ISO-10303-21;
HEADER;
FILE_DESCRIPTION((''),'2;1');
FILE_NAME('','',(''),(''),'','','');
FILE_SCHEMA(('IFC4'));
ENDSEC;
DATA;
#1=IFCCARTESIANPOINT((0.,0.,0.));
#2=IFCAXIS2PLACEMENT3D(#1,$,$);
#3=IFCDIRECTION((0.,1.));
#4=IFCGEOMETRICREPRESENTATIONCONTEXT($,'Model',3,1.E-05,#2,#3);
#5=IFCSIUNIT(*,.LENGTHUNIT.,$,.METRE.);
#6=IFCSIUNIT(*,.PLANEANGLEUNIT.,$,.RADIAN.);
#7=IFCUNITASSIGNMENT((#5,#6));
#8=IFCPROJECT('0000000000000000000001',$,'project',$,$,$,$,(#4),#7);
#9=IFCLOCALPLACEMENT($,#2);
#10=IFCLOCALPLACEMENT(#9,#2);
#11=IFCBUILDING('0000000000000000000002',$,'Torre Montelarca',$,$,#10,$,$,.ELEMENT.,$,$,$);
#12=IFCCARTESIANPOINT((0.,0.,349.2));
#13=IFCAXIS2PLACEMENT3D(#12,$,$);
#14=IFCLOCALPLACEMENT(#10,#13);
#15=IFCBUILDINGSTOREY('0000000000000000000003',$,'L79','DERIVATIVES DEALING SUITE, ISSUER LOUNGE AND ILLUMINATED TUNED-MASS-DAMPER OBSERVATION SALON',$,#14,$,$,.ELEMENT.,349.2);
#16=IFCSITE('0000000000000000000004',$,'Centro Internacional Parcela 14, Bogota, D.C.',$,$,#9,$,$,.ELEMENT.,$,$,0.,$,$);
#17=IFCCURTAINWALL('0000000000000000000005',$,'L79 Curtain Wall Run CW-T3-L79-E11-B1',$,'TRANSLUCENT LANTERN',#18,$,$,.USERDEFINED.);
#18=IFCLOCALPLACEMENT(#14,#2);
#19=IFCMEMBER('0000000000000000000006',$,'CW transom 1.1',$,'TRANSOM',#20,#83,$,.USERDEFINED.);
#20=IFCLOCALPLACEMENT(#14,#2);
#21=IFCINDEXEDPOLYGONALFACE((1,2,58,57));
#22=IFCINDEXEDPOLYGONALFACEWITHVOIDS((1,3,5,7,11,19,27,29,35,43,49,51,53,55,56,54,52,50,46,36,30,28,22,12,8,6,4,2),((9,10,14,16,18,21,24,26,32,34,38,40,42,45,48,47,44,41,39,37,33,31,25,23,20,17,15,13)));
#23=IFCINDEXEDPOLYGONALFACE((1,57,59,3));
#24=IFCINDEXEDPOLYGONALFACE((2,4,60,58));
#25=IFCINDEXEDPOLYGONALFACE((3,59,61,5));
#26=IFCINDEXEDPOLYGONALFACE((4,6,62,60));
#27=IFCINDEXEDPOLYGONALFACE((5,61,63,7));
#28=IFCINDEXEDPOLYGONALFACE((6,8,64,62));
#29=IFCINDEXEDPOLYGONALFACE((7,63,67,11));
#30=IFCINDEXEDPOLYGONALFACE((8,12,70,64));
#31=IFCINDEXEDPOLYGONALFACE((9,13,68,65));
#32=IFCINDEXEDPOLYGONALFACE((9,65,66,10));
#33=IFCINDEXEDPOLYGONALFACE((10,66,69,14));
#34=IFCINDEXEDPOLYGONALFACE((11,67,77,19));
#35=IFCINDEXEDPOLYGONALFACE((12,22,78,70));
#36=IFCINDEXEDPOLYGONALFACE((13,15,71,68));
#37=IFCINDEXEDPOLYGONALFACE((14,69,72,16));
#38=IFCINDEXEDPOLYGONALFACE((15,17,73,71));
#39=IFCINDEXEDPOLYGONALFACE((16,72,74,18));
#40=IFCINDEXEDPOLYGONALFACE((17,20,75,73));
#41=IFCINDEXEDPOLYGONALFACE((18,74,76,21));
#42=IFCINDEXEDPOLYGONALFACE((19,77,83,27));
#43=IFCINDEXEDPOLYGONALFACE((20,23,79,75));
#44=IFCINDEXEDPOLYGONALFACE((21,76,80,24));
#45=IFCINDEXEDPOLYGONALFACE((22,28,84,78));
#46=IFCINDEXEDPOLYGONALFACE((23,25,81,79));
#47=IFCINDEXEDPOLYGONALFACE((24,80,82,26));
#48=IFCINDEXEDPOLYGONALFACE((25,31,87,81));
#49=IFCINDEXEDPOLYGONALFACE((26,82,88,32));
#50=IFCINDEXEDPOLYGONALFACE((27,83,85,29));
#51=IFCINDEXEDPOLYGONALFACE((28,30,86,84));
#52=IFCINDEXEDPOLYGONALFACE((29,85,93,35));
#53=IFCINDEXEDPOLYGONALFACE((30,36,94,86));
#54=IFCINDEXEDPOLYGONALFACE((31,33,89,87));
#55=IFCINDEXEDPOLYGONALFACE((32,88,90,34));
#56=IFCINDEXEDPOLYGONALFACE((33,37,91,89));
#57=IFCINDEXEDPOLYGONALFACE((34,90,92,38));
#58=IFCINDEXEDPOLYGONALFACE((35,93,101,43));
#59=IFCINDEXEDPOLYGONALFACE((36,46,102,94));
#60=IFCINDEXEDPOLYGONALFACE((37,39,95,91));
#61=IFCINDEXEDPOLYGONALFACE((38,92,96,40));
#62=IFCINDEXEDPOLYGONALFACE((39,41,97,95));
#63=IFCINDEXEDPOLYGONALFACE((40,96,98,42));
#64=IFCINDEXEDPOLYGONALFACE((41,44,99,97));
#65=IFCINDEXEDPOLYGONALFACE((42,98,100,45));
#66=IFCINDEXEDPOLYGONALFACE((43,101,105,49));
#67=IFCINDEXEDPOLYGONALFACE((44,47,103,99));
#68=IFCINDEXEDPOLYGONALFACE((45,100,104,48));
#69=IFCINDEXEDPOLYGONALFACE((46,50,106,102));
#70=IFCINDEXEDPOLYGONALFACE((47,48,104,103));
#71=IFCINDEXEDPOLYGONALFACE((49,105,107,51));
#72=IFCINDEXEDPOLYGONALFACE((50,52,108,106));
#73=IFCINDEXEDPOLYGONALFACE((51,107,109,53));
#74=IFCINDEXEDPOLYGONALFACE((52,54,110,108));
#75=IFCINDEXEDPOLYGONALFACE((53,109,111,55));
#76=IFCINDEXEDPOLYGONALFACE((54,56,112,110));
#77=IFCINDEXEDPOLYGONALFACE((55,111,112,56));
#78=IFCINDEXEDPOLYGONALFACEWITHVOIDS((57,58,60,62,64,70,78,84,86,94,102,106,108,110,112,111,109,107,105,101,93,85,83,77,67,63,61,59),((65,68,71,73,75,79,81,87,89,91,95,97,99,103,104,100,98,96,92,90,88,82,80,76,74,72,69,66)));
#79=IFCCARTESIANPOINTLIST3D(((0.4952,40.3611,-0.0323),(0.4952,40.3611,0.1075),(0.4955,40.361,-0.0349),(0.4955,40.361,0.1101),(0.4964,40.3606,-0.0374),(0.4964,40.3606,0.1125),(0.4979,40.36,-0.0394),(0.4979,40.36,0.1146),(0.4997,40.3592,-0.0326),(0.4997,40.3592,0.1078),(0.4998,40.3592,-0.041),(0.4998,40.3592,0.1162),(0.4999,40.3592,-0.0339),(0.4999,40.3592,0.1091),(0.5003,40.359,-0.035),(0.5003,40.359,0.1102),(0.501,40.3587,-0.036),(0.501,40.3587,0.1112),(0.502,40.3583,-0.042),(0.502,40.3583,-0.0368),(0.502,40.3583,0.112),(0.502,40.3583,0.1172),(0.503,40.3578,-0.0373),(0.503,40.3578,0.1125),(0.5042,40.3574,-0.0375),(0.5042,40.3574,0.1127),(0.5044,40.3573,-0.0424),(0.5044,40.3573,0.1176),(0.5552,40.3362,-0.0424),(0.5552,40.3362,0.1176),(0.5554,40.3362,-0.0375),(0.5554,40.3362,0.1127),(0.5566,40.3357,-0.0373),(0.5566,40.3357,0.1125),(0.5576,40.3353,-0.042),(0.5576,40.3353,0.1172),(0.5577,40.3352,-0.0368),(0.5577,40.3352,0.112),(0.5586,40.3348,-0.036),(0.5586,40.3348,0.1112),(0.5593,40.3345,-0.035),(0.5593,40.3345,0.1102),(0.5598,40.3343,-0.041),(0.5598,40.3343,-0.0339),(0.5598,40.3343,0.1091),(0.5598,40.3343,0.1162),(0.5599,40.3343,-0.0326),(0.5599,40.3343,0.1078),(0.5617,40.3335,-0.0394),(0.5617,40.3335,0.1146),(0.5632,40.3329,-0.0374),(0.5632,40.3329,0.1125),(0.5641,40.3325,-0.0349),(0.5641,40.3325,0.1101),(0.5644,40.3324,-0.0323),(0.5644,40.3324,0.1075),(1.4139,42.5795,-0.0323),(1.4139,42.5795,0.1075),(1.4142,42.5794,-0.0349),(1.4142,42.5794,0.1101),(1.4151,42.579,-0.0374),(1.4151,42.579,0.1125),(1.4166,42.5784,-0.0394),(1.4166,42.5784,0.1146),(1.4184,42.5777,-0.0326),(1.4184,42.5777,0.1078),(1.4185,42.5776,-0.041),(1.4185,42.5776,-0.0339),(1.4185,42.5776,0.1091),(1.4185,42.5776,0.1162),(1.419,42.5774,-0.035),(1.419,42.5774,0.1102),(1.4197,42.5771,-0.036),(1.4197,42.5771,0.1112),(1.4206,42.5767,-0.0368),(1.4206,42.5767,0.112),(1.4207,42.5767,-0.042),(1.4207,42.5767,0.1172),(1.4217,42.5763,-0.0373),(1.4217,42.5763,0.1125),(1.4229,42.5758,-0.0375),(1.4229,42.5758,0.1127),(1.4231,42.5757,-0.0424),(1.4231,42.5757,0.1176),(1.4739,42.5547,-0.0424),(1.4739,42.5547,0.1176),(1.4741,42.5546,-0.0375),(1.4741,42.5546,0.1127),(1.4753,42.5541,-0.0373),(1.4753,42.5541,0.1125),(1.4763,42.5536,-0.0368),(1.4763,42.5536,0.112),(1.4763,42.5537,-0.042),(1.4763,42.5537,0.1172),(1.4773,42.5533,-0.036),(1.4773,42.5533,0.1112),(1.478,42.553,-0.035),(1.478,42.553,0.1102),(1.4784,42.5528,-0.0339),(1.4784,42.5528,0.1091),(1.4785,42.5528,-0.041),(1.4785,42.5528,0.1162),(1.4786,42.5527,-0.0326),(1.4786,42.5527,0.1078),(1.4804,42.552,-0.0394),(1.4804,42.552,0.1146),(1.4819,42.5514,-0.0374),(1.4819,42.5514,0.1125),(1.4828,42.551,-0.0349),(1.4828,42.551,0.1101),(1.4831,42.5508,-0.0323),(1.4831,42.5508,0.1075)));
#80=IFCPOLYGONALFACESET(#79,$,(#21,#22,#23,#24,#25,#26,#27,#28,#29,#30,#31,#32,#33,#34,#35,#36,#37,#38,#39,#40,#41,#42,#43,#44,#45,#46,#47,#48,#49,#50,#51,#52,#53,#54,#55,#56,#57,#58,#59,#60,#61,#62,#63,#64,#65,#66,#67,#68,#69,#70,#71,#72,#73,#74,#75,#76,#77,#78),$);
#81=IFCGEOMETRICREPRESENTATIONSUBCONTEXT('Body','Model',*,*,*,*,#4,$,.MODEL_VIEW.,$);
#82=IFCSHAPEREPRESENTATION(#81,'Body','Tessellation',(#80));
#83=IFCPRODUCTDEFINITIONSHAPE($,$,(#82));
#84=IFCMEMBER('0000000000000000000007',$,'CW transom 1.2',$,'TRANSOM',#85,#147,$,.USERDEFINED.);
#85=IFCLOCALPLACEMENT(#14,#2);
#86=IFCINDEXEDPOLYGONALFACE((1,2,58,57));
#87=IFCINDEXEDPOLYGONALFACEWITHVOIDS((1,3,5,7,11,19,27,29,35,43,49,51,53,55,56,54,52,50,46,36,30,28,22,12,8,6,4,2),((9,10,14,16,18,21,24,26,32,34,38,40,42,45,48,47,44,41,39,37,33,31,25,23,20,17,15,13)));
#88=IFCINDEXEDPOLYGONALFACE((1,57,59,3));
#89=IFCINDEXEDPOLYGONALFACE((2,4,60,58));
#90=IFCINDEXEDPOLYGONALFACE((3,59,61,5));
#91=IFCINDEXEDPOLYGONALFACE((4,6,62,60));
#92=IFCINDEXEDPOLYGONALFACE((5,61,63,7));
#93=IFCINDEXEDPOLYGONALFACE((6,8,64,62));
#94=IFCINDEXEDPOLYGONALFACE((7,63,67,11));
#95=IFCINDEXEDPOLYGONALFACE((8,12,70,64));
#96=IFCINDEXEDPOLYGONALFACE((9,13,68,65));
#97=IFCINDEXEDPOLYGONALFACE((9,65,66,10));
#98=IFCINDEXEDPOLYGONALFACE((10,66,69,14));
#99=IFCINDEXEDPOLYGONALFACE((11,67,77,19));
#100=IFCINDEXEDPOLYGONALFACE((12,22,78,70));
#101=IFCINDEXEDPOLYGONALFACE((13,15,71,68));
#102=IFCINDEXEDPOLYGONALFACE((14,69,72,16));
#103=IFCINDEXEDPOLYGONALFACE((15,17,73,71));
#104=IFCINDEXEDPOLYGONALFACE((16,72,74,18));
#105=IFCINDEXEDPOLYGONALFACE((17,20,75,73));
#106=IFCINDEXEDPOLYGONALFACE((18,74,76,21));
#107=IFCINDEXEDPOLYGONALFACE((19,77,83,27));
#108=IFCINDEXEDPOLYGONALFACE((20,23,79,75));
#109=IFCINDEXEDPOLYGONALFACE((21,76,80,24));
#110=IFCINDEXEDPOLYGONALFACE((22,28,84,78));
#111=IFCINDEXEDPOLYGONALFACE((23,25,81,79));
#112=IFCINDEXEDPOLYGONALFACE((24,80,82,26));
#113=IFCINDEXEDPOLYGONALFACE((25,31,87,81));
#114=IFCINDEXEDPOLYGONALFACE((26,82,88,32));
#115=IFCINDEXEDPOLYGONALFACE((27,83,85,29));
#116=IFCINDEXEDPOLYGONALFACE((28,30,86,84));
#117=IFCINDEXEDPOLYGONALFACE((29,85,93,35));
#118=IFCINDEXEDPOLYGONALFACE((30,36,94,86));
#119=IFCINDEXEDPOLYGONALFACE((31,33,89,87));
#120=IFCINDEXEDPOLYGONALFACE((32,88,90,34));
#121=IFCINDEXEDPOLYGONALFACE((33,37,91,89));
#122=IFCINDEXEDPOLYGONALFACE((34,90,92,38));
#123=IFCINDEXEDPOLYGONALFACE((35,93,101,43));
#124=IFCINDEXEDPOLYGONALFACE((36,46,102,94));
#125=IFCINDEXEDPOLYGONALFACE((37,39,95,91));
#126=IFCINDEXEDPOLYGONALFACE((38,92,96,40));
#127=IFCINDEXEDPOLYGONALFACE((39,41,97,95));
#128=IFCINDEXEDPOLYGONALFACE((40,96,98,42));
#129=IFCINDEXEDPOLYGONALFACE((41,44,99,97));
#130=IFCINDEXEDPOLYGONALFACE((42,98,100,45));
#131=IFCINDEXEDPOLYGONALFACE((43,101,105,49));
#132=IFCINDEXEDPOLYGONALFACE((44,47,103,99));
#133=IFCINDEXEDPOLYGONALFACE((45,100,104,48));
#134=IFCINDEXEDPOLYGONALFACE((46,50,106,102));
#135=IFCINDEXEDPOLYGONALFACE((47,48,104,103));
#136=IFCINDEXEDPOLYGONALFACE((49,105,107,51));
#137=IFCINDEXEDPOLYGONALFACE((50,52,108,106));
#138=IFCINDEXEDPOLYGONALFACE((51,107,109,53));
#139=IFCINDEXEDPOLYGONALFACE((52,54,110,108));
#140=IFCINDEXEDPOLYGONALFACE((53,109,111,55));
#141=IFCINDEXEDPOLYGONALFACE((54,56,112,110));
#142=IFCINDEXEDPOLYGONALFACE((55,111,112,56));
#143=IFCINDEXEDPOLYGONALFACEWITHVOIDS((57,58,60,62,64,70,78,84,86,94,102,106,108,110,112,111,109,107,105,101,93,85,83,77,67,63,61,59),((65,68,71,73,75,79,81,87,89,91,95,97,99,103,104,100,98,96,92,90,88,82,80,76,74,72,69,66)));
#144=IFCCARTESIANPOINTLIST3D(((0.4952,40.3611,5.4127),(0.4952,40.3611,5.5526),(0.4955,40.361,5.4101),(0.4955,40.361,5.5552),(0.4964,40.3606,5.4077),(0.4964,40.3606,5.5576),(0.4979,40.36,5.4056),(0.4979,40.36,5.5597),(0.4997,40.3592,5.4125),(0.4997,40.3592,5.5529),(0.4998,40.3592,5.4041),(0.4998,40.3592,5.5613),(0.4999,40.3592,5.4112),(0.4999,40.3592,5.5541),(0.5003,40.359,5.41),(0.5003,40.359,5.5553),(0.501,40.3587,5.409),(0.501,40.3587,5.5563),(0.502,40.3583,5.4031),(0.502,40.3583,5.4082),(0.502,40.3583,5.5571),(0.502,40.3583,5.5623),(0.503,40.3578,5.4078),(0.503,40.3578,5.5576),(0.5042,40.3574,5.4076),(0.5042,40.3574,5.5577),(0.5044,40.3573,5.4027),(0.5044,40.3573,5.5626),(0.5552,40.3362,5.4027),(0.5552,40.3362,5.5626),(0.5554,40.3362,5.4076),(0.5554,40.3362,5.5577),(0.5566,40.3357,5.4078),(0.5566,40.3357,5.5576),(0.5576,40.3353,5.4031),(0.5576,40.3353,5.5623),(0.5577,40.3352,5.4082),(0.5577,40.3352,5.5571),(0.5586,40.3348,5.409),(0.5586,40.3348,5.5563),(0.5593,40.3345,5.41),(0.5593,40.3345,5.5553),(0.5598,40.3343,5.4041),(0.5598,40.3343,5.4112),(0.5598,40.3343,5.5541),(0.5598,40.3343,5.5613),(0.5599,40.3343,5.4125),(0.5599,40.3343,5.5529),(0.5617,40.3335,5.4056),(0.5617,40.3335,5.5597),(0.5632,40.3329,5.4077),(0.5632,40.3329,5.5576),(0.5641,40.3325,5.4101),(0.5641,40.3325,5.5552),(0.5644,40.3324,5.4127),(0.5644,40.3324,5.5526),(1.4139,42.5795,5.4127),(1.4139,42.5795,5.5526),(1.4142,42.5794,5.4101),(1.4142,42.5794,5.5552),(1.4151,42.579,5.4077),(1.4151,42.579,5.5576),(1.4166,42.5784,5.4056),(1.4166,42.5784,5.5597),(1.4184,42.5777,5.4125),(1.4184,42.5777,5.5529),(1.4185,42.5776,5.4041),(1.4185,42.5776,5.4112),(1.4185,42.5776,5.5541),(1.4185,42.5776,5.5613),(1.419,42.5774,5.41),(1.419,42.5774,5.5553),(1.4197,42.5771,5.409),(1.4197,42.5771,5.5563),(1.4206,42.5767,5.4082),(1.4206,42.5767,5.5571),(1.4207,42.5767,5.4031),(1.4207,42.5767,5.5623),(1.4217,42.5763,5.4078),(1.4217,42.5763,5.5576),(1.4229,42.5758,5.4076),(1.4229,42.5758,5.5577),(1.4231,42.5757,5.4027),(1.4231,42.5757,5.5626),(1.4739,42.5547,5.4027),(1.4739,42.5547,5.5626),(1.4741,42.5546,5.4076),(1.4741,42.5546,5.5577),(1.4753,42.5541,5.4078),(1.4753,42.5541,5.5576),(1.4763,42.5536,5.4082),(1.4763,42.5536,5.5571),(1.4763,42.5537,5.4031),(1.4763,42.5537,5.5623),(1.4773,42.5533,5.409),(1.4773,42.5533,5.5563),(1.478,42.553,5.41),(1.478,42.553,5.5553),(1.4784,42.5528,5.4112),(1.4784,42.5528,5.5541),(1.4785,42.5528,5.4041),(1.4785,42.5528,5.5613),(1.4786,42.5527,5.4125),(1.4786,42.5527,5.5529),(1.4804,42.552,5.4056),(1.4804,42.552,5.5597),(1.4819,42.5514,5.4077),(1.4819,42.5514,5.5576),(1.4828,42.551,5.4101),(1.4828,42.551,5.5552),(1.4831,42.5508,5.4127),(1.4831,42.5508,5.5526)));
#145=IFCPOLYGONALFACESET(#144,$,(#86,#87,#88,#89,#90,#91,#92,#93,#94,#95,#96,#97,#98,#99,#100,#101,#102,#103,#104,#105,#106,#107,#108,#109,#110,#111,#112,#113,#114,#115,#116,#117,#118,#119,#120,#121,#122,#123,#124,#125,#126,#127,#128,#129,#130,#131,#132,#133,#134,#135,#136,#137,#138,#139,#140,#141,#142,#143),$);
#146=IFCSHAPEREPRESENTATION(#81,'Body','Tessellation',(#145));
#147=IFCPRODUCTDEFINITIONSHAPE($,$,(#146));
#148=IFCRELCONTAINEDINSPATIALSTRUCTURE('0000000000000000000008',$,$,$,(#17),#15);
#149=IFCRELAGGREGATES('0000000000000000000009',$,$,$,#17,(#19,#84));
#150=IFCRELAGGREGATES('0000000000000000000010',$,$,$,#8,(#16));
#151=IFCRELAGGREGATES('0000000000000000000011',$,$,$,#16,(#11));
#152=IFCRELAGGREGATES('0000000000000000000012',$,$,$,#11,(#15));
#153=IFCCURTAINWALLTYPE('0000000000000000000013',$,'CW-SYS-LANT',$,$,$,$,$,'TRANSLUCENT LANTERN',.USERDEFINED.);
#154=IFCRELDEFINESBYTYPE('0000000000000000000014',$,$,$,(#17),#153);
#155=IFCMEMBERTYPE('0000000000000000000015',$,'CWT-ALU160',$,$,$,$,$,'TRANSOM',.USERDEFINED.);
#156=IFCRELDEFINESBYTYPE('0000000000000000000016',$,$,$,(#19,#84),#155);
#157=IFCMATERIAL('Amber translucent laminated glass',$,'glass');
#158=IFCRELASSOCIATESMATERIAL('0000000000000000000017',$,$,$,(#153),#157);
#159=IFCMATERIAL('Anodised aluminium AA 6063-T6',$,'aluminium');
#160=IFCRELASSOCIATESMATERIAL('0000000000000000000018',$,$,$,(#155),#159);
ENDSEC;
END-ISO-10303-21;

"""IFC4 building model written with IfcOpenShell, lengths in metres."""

from ifc_helpers import new_model, si_unit, direction, frame, origin, origin_2d, place, context, subcontext, project, spatial, hollow_rectangle, extrude, source, transform, mapped, material, material_profile, profile_set, type_object, element, aggregate, save


model = new_model("IFC4")

# Units and contexts
model_context = context("Model", 3, precision=1e-05, world=origin(), true_north=direction((0.0, 1.0)))
body_context = subcontext(model_context, "Body", "Model", "MODEL_VIEW")
ifc_project = project(units=[si_unit("LENGTHUNIT", "METRE"), si_unit("PLANEANGLEUNIT", "RADIAN")], contexts=[model_context])

# Site, building, storey
site_placement = place(None, origin())
site = spatial("IfcSite", under=ifc_project, at=site_placement, Name="Centro Internacional Parcela 14, Bogota, D.C.", CompositionType="ELEMENT", RefElevation=0.0)
building_placement = place(site_placement, origin())
building = spatial("IfcBuilding", under=site, at=building_placement, Name="Torre Montelarca", CompositionType="ELEMENT")
storey_placement = place(building_placement, frame((0.0, 0.0, 349.2)))
storey = spatial("IfcBuildingStorey", under=building, at=storey_placement, Name="L79", Description="DERIVATIVES DEALING SUITE, ISSUER LOUNGE AND ILLUMINATED TUNED-MASS-DAMPER OBSERVATION SALON", CompositionType="ELEMENT", Elevation=349.2)

# Curtain wall, members
ifc_material_1 = material(Name="Amber translucent laminated glass", Category="glass")
curtain_wall_type = type_object("IfcCurtainWallType", Name="CW-SYS-LANT", ElementType="TRANSLUCENT LANTERN", PredefinedType="USERDEFINED", material=ifc_material_1)
curtain_wall_placement = place(storey_placement, origin())
curtain_wall = element("IfcCurtainWall", 1, at=curtain_wall_placement, inside=storey, type_object=curtain_wall_type, Name="L79 Curtain Wall Run CW-T3-L79-E11-B1", ObjectType="TRANSLUCENT LANTERN", PredefinedType="USERDEFINED")
ifc_material_2 = material(Name="Anodised aluminium AA 6063-T6", Category="aluminium")
ifc_material_profile_1 = material_profile(ifc_material_2, hollow_rectangle(XDim=0.075, YDim=0.1599, WallThickness=0.0049, InnerFilletRadius=0.0049, OuterFilletRadius=0.01, at=origin_2d()), Name="ALU75X160X5", Category="aluminium")
ifc_profile_set_1 = profile_set([ifc_material_profile_1], Name="Anodised aluminium AA 6063-T6")
member_type_1 = type_object("IfcMemberType", Name="CWT-ALU160", ElementType="TRANSOM", PredefinedType="USERDEFINED", material=ifc_profile_set_1)
shared_shape_1 = source(origin(), body_context, "Body", "SweptSolid", [
    extrude(hollow_rectangle(XDim=0.075, YDim=0.1599, WallThickness=0.0049, InnerFilletRadius=0.0049, OuterFilletRadius=0.01, at=origin_2d()), origin(), (0.0, 0.0, 1.0), 2.4011),
])
member_1_placement = place(storey_placement, frame((1.4485, 42.5652, 0.0376), z_axis=(-0.3826, -0.923914, 0.0), x_axis=(0.923914, -0.3826, 0.0)))
member_1 = element("IfcMember", 2, at=member_1_placement, type_object=member_type_1, Name="CW transom 1.1", ObjectType="TRANSOM", PredefinedType="USERDEFINED", context=body_context, shape_type="MappedRepresentation", body=[
    mapped(shared_shape_1, transform((0.0, 0.0, 0.0), scale=1.0)),
])
member_2_placement = place(storey_placement, frame((1.4485, 42.5652, 5.4827), z_axis=(-0.3826, -0.923914, 0.0), x_axis=(0.923914, -0.3826, 0.0)))
member_2 = element("IfcMember", 3, at=member_2_placement, type_object=member_type_1, Name="CW transom 1.2", ObjectType="TRANSOM", PredefinedType="USERDEFINED", context=body_context, shape_type="MappedRepresentation", body=[
    mapped(shared_shape_1, transform((0.0, 0.0, 0.0), scale=1.0)),
])
aggregate(curtain_wall, [member_1, member_2])

save(model, "model.ifc")
